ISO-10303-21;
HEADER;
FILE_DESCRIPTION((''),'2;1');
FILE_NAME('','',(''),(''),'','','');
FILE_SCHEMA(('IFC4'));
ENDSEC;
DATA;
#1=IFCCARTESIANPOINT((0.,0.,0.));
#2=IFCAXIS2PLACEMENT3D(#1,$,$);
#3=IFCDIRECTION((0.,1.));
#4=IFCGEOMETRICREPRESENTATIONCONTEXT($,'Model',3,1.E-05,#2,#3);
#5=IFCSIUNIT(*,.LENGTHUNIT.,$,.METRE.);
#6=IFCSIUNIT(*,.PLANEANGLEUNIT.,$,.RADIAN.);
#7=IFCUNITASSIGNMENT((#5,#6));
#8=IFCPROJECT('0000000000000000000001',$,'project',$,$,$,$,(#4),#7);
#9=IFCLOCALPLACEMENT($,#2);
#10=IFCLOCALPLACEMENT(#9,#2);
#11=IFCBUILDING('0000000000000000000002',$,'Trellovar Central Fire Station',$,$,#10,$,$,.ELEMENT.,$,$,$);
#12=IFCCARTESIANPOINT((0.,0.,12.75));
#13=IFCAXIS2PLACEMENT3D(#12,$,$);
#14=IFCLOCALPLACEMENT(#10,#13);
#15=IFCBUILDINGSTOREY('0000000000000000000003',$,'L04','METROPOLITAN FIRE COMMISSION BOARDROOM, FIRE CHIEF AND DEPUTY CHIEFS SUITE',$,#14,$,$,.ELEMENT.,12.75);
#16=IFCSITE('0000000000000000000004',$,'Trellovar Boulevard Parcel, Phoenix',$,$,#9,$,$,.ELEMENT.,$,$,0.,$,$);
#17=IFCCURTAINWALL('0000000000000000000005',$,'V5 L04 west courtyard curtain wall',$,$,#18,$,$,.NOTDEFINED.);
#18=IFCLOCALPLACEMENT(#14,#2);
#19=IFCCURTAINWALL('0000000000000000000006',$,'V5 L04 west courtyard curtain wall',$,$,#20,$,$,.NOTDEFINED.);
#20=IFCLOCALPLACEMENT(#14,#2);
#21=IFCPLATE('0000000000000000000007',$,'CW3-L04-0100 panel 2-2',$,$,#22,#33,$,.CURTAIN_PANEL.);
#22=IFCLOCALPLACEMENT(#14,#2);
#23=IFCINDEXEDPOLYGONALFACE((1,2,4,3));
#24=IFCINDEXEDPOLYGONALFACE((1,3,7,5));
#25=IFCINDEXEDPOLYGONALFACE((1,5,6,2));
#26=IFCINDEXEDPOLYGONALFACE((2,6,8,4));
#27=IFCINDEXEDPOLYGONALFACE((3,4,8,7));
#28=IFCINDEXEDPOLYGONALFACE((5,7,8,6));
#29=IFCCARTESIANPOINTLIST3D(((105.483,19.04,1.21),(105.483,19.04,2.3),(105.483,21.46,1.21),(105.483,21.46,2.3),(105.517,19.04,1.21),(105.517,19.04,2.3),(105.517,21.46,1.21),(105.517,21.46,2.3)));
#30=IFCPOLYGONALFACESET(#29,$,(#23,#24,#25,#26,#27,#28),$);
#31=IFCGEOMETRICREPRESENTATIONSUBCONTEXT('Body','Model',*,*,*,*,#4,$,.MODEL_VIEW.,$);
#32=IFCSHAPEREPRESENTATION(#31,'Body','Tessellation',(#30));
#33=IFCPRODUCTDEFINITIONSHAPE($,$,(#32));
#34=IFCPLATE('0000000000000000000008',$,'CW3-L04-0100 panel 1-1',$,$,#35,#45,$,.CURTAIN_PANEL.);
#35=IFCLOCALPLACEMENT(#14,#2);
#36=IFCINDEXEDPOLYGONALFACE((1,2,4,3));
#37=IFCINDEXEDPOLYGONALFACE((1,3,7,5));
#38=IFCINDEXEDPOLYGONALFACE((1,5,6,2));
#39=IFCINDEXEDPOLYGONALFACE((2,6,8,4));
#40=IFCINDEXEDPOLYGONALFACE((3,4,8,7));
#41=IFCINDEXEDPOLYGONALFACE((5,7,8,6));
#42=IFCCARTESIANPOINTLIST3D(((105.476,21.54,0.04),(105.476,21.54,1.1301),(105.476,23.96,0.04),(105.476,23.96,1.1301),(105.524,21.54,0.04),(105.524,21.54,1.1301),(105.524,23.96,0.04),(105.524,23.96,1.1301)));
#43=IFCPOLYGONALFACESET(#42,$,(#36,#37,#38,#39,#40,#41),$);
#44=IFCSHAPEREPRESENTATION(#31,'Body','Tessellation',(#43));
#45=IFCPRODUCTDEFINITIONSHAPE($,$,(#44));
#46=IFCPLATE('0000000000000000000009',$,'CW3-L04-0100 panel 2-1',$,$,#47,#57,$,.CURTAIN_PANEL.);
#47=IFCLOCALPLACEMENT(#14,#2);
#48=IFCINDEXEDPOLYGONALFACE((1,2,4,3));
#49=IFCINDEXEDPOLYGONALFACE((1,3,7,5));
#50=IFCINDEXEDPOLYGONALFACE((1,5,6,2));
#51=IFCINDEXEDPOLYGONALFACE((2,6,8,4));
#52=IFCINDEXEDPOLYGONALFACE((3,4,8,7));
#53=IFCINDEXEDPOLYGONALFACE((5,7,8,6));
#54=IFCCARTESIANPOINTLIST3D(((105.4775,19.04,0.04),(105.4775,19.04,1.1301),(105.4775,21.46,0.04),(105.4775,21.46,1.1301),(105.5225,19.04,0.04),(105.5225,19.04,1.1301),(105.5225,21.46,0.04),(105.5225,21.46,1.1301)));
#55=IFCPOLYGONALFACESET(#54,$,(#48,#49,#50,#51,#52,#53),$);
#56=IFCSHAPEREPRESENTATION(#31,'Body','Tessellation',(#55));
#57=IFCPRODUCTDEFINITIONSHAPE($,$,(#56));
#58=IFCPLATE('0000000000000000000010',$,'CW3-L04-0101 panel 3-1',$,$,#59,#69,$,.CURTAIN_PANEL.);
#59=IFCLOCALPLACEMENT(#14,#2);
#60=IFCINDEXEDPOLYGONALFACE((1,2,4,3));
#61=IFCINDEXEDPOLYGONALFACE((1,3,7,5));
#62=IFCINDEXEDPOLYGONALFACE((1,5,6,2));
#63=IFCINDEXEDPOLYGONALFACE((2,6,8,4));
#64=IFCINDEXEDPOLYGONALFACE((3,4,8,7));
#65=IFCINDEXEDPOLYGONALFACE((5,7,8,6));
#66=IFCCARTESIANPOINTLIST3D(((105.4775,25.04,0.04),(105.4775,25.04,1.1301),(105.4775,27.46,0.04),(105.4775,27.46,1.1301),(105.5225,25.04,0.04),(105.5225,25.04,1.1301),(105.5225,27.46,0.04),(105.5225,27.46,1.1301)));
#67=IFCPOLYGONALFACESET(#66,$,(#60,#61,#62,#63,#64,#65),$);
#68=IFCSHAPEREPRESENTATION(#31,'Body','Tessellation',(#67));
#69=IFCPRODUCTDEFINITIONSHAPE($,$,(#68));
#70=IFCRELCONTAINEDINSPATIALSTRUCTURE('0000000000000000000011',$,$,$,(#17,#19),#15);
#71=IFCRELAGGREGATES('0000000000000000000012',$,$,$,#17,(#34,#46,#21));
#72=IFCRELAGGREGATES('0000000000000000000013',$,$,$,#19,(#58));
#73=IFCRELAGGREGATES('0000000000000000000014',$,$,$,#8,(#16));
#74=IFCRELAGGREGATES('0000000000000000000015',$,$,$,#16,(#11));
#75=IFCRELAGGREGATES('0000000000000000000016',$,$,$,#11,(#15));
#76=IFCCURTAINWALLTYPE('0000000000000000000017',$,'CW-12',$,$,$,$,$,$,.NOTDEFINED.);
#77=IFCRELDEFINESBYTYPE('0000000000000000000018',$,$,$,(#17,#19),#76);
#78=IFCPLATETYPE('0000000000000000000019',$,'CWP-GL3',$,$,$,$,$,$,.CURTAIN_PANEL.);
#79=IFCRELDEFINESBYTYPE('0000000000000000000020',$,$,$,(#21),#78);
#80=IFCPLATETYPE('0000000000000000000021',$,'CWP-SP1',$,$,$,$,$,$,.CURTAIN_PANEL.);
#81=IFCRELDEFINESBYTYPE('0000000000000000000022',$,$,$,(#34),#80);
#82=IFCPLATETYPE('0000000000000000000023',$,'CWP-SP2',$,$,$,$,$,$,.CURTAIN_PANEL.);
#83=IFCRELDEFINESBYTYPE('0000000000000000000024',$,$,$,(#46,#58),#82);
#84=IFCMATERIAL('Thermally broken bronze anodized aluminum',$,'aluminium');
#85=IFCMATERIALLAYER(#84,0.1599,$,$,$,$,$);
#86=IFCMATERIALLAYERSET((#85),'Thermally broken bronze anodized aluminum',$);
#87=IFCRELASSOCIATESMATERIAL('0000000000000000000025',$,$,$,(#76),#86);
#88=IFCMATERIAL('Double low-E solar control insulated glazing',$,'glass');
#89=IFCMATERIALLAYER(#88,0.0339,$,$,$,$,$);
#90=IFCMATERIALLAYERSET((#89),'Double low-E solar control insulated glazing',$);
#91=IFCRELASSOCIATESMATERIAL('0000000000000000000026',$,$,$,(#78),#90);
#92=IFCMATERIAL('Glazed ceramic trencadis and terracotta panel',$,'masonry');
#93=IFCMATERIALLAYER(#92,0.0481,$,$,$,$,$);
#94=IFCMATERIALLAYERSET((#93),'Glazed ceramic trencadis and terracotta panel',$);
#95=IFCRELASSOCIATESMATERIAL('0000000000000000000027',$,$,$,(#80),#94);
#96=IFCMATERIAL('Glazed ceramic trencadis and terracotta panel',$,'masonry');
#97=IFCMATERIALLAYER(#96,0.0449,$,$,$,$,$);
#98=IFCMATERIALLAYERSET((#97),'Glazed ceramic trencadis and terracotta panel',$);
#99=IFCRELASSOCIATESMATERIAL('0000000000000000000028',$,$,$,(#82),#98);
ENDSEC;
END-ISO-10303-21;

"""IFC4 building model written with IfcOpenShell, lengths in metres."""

from ifc_helpers import new_model, si_unit, direction, frame, origin, origin_2d, place, context, subcontext, project, spatial, rectangle, extrude, material, layer, layer_set, type_object, element, aggregate, save


model = new_model("IFC4")

# Units and contexts
model_context = context("Model", 3, precision=1e-05, world=origin(), true_north=direction((0.0, 1.0)))
body_context = subcontext(model_context, "Body", "Model", "MODEL_VIEW")
ifc_project = project(units=[si_unit("LENGTHUNIT", "METRE"), si_unit("PLANEANGLEUNIT", "RADIAN")], contexts=[model_context])

# Site, building, storey
site_placement = place(None, origin())
site = spatial("IfcSite", under=ifc_project, at=site_placement, Name="Trellovar Boulevard Parcel, Phoenix", CompositionType="ELEMENT", RefElevation=0.0)
building_placement = place(site_placement, origin())
building = spatial("IfcBuilding", under=site, at=building_placement, Name="Trellovar Central Fire Station", CompositionType="ELEMENT")
storey_placement = place(building_placement, frame((0.0, 0.0, 12.75)))
storey = spatial("IfcBuildingStorey", under=building, at=storey_placement, Name="L04", Description="METROPOLITAN FIRE COMMISSION BOARDROOM, FIRE CHIEF AND DEPUTY CHIEFS SUITE", CompositionType="ELEMENT", Elevation=12.75)

# Curtain wall
ifc_material_1 = material(Name="Thermally broken bronze anodized aluminum", Category="aluminium")
ifc_layer_1 = layer(ifc_material_1, 0.1599)
ifc_layer_set_1 = layer_set([ifc_layer_1], Name="Thermally broken bronze anodized aluminum")
curtain_wall_type = type_object("IfcCurtainWallType", Name="CW-12", PredefinedType="NOTDEFINED", material=ifc_layer_set_1)
curtain_wall_1_placement = place(storey_placement, origin())
curtain_wall_1 = element("IfcCurtainWall", 1, at=curtain_wall_1_placement, inside=storey, type_object=curtain_wall_type, Name="V5 L04 west courtyard curtain wall", PredefinedType="NOTDEFINED")

# Curtain wall
curtain_wall_2_placement = place(storey_placement, origin())
curtain_wall_2 = element("IfcCurtainWall", 2, at=curtain_wall_2_placement, inside=storey, type_object=curtain_wall_type, Name="V5 L04 west courtyard curtain wall", PredefinedType="NOTDEFINED")

# Plates
ifc_material_2 = material(Name="Double low-E solar control insulated glazing", Category="glass")
ifc_layer_2 = layer(ifc_material_2, 0.0339)
ifc_layer_set_2 = layer_set([ifc_layer_2], Name="Double low-E solar control insulated glazing")
plate_type_1 = type_object("IfcPlateType", Name="CWP-GL3", PredefinedType="CURTAIN_PANEL", material=ifc_layer_set_2)
plate_1_placement = place(storey_placement, frame((105.5, 20.25, 1.21), z_axis=(0.0, 0.0, 1.0), x_axis=(0.0, -1.0, 0.0)))
plate_1 = element("IfcPlate", 3, at=plate_1_placement, type_object=plate_type_1, Name="CW3-L04-0100 panel 2-2", PredefinedType="CURTAIN_PANEL", context=body_context, shape_type="SweptSolid", body=[
    extrude(rectangle(XDim=2.4199, YDim=0.0339, at=origin_2d()), origin(), (0.0, 0.0, 1.0), 1.0901),
])
ifc_material_3 = material(Name="Glazed ceramic trencadis and terracotta panel", Category="masonry")
ifc_layer_3 = layer(ifc_material_3, 0.0481)
ifc_layer_set_3 = layer_set([ifc_layer_3], Name="Glazed ceramic trencadis and terracotta panel")
plate_type_2 = type_object("IfcPlateType", Name="CWP-SP1", PredefinedType="CURTAIN_PANEL", material=ifc_layer_set_3)
plate_2_placement = place(storey_placement, frame((105.5, 22.75, 0.04), z_axis=(0.0, 0.0, 1.0), x_axis=(0.0, -1.0, 0.0)))
plate_2 = element("IfcPlate", 4, at=plate_2_placement, type_object=plate_type_2, Name="CW3-L04-0100 panel 1-1", PredefinedType="CURTAIN_PANEL", context=body_context, shape_type="SweptSolid", body=[
    extrude(rectangle(XDim=2.4199, YDim=0.0481, at=origin_2d()), origin(), (0.0, 0.0, 1.0), 1.0901),
])
ifc_material_4 = material(Name="Glazed ceramic trencadis and terracotta panel", Category="masonry")
ifc_layer_4 = layer(ifc_material_4, 0.0449)
ifc_layer_set_4 = layer_set([ifc_layer_4], Name="Glazed ceramic trencadis and terracotta panel")
plate_type_3 = type_object("IfcPlateType", Name="CWP-SP2", PredefinedType="CURTAIN_PANEL", material=ifc_layer_set_4)
plate_3_placement = place(storey_placement, frame((105.5, 20.25, 0.04), z_axis=(0.0, 0.0, 1.0), x_axis=(0.0, -1.0, 0.0)))
plate_3 = element("IfcPlate", 5, at=plate_3_placement, type_object=plate_type_3, Name="CW3-L04-0100 panel 2-1", PredefinedType="CURTAIN_PANEL", context=body_context, shape_type="SweptSolid", body=[
    extrude(rectangle(XDim=2.4199, YDim=0.0449, at=origin_2d()), origin(), (0.0, 0.0, 1.0), 1.0901),
])
aggregate(curtain_wall_1, [plate_2, plate_3, plate_1])
plate_4_placement = place(storey_placement, frame((105.5, 26.25, 0.04), z_axis=(0.0, 0.0, 1.0), x_axis=(0.0, -1.0, 0.0)))
plate_4 = element("IfcPlate", 6, at=plate_4_placement, type_object=plate_type_3, Name="CW3-L04-0101 panel 3-1", PredefinedType="CURTAIN_PANEL", context=body_context, shape_type="SweptSolid", body=[
    extrude(rectangle(XDim=2.4199, YDim=0.0449, at=origin_2d()), origin(), (0.0, 0.0, 1.0), 1.0901),
])
aggregate(curtain_wall_2, [plate_4])

save(model, "model.ifc")
